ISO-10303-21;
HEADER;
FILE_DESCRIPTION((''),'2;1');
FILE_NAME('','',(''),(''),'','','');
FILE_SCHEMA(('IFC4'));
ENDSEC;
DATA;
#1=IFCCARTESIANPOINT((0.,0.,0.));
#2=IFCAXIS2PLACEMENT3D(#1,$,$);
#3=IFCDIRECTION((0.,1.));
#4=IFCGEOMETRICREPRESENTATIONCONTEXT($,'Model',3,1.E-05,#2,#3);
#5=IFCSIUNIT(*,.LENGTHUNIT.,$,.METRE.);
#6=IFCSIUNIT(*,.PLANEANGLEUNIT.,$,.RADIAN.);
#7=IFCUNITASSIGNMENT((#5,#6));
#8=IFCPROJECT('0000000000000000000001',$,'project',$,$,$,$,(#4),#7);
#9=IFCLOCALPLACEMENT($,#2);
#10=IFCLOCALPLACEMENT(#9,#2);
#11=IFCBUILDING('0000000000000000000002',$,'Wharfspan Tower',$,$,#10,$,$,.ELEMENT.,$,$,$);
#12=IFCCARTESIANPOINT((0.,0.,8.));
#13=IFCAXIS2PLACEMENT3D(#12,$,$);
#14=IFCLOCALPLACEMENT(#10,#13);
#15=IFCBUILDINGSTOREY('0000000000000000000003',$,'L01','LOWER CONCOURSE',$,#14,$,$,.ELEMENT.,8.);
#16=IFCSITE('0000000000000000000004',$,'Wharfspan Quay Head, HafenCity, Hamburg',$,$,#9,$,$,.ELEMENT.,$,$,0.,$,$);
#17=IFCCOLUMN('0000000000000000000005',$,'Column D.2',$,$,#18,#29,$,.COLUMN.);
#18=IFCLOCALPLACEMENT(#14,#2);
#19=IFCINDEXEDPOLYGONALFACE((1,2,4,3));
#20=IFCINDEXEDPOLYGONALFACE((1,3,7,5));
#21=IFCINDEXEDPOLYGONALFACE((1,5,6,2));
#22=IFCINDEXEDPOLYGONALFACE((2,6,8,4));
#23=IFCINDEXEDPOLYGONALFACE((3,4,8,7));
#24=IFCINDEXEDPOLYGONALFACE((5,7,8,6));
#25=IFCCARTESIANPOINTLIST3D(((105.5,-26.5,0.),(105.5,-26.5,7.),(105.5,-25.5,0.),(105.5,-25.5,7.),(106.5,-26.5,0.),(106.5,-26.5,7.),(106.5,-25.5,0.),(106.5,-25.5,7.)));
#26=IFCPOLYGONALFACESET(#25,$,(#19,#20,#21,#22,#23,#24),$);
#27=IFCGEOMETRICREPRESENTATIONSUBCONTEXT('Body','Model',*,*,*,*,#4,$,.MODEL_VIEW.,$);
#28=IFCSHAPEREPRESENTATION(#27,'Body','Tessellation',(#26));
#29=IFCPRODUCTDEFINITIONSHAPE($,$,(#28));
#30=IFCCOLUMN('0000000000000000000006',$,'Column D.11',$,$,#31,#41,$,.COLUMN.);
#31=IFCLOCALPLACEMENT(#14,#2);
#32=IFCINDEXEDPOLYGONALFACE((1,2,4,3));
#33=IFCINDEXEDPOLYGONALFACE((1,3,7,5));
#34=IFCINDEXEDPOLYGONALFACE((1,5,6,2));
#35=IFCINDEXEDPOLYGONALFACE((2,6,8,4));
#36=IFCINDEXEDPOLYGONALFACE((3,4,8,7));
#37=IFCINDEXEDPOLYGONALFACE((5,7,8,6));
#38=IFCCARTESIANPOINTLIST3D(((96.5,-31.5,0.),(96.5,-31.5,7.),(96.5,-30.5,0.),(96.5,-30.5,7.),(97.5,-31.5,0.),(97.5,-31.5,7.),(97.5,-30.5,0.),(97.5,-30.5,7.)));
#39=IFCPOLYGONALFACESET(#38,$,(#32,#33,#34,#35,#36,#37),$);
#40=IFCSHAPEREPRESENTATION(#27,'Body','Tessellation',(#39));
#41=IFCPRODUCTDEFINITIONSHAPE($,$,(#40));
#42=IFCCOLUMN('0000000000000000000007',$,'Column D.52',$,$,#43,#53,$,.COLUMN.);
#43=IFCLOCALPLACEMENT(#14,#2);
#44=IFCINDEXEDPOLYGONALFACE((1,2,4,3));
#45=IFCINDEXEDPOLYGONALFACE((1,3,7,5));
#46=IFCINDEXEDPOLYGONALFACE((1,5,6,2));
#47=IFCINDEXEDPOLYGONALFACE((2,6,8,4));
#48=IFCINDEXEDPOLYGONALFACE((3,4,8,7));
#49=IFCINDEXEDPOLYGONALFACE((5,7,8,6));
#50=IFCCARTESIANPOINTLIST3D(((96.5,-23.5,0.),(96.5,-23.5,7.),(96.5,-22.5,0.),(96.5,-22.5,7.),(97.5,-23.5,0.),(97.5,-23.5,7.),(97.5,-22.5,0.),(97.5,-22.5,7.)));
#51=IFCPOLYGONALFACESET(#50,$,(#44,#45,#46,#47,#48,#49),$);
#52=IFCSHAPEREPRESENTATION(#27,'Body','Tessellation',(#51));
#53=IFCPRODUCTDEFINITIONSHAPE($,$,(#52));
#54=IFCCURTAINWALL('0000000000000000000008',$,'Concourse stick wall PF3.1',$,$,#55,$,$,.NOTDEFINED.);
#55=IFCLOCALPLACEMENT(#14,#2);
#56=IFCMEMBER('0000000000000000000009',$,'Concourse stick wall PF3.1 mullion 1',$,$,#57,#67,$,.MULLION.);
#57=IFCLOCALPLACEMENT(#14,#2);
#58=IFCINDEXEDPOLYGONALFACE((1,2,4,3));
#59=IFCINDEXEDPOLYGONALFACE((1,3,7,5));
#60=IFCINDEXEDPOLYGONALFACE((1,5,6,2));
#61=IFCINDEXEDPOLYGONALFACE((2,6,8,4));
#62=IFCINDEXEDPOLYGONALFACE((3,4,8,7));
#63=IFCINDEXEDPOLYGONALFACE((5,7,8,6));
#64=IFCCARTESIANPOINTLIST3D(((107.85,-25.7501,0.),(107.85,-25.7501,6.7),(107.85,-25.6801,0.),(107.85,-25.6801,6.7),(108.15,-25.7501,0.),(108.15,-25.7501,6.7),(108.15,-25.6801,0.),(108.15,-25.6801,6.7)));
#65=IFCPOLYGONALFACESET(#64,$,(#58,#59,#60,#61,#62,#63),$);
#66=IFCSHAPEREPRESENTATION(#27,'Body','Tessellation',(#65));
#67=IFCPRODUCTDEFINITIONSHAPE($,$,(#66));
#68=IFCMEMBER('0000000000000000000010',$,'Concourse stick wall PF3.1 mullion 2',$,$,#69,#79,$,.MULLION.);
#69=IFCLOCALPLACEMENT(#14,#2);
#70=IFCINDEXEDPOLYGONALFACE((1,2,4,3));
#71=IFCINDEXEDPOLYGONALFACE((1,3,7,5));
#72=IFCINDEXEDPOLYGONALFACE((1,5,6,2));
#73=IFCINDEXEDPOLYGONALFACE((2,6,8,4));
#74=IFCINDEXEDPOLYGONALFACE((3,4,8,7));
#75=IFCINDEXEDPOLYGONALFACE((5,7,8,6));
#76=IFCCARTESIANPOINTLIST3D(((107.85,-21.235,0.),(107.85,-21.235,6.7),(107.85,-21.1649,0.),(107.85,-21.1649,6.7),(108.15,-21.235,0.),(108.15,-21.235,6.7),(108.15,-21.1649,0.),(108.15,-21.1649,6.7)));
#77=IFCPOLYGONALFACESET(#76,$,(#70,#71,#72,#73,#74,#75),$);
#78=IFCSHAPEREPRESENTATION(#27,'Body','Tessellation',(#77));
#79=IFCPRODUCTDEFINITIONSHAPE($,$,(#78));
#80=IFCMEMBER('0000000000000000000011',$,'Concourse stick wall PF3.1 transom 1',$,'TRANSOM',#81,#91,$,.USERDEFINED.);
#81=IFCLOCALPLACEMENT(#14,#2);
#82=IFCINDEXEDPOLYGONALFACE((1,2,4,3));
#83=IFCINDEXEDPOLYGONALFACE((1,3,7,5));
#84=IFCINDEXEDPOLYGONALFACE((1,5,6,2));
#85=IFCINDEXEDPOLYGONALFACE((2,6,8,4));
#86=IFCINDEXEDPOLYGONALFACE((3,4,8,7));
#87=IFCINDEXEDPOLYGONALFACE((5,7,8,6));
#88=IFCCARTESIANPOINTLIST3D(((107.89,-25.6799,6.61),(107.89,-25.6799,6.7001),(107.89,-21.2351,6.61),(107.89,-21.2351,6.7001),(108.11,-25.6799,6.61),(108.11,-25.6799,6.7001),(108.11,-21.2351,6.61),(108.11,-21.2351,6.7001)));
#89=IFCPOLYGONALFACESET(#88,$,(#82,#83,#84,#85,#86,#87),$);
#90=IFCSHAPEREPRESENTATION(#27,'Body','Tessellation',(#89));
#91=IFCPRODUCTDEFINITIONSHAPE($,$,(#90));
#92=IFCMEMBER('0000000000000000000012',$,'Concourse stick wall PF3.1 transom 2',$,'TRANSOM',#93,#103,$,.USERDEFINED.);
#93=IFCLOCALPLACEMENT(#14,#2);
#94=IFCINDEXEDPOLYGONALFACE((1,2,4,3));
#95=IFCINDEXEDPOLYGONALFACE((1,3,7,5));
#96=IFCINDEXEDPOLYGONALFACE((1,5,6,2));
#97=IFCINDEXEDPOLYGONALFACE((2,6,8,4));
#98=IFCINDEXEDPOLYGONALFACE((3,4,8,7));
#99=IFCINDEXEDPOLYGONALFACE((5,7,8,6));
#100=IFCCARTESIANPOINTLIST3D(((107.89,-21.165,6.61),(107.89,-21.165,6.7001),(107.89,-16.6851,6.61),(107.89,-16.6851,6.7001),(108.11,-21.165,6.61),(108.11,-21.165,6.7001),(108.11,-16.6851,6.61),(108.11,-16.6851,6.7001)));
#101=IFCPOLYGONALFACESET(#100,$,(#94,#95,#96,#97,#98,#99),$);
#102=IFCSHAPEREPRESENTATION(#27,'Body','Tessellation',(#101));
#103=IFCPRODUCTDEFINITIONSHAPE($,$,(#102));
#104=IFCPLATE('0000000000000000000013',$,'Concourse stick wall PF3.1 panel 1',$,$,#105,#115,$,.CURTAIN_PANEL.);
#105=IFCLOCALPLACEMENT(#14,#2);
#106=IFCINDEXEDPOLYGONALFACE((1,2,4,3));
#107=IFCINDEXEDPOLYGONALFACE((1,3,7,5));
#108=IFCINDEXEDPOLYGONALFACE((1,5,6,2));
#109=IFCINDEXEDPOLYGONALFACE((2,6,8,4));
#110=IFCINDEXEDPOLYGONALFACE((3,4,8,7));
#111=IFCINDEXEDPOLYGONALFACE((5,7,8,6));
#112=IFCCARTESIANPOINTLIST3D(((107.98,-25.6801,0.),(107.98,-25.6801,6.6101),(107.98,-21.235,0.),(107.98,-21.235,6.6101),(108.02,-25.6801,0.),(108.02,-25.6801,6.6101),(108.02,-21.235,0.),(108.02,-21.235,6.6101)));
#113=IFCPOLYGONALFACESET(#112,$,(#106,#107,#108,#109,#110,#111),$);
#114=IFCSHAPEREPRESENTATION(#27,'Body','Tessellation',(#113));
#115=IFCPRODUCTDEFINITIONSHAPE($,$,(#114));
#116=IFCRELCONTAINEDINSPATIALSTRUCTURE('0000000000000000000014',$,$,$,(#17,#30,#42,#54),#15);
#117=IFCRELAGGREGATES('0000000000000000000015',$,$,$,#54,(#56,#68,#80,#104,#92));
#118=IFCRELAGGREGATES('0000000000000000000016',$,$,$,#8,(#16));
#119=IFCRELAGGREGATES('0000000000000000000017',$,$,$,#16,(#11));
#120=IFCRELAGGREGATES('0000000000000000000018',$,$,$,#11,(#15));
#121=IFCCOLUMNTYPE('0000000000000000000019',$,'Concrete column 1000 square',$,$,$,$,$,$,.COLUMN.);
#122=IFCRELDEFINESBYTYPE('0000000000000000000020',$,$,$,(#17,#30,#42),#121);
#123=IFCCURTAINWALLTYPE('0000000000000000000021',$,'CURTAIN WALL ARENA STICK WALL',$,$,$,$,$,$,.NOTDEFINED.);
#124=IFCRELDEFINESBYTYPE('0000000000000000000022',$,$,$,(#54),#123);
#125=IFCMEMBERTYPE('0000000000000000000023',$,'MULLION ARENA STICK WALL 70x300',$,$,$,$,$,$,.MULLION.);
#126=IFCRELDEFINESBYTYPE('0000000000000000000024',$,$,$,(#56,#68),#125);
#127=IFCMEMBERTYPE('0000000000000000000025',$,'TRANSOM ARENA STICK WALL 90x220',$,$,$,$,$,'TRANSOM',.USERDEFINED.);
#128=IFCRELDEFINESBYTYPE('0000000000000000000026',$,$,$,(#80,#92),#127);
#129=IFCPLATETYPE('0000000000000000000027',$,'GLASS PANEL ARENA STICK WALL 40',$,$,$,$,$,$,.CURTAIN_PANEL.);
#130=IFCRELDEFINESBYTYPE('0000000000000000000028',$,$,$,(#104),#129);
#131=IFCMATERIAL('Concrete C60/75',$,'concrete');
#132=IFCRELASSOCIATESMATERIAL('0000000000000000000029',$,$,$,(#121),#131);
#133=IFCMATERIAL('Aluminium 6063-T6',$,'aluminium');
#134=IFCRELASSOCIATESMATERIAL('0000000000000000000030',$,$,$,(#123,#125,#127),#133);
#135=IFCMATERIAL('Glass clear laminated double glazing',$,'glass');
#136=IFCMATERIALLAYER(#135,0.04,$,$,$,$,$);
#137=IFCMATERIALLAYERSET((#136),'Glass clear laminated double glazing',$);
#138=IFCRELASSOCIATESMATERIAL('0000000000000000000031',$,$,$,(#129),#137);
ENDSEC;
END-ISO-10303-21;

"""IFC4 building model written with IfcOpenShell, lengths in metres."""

from ifc_helpers import new_model, si_unit, direction, frame, origin, origin_2d, place, context, subcontext, project, spatial, rectangle, extrude, material, layer, layer_set, material_profile, profile_set, type_object, element, aggregate, save


model = new_model("IFC4")

# Units and contexts
model_context = context("Model", 3, precision=1e-05, world=origin(), true_north=direction((0.0, 1.0)))
body_context = subcontext(model_context, "Body", "Model", "MODEL_VIEW")
ifc_project = project(units=[si_unit("LENGTHUNIT", "METRE"), si_unit("PLANEANGLEUNIT", "RADIAN")], contexts=[model_context])

# Site, building, storey
site_placement = place(None, origin())
site = spatial("IfcSite", under=ifc_project, at=site_placement, Name="Wharfspan Quay Head, HafenCity, Hamburg", CompositionType="ELEMENT", RefElevation=0.0)
building_placement = place(site_placement, origin())
building = spatial("IfcBuilding", under=site, at=building_placement, Name="Wharfspan Tower", CompositionType="ELEMENT")
storey_placement = place(building_placement, frame((0.0, 0.0, 8.0)))
storey = spatial("IfcBuildingStorey", under=building, at=storey_placement, Name="L01", Description="LOWER CONCOURSE", CompositionType="ELEMENT", Elevation=8.0)

# Columns
ifc_material_1 = material(Name="Concrete C60/75", Category="concrete")
ifc_material_profile_1 = material_profile(ifc_material_1, rectangle(XDim=1.0, YDim=1.0, at=origin_2d()))
ifc_profile_set_1 = profile_set([ifc_material_profile_1], Name="Concrete C60/75")
column_type = type_object("IfcColumnType", Name="Concrete column 1000 square", PredefinedType="COLUMN", material=ifc_profile_set_1)
for number, where, z_axis, x_axis, name in (
    (1, (106.0, -26.0, 0.0), (0.0, 0.0, 1.0), (1.0, 0.0, 0.0), "Column D.2"),
    (2, (97.0, -31.0, 0.0), (0.0, 0.0, 1.0), (1.0, 0.0, 0.0), "Column D.11"),
    (3, (97.0, -23.0, 0.0), (0.0, 0.0, 1.0), (1.0, 0.0, 0.0), "Column D.52"),
):
    element("IfcColumn", number, at=place(storey_placement, frame(where, z_axis=z_axis, x_axis=x_axis)), inside=storey, type_object=column_type, Name=name, PredefinedType="COLUMN", context=body_context, shape_type="SweptSolid", body=[
        extrude(rectangle(XDim=1.0, YDim=1.0, at=origin_2d()), origin(), (0.0, 0.0, 1.0), 7.0),
    ])

# Curtain wall, members, plate
ifc_material_2 = material(Name="Aluminium 6063-T6", Category="aluminium")
curtain_wall_type = type_object("IfcCurtainWallType", Name="CURTAIN WALL ARENA STICK WALL", PredefinedType="NOTDEFINED", material=ifc_material_2)
curtain_wall_placement = place(storey_placement, origin())
curtain_wall = element("IfcCurtainWall", 4, at=curtain_wall_placement, inside=storey, type_object=curtain_wall_type, Name="Concourse stick wall PF3.1", PredefinedType="NOTDEFINED")
ifc_material_profile_2 = material_profile(ifc_material_2, rectangle(XDim=0.3, YDim=0.0701, at=origin_2d()))
ifc_profile_set_2 = profile_set([ifc_material_profile_2], Name="Aluminium 6063-T6")
member_type_1 = type_object("IfcMemberType", Name="MULLION ARENA STICK WALL 70x300", PredefinedType="MULLION", material=ifc_profile_set_2)
member_1_placement = place(storey_placement, frame((108.0, -25.7151, 0.0), z_axis=(0.0, 0.0, 1.0), x_axis=(-1.0, 0.0, 0.0)))
member_1 = element("IfcMember", 5, at=member_1_placement, type_object=member_type_1, Name="Concourse stick wall PF3.1 mullion 1", PredefinedType="MULLION", context=body_context, shape_type="SweptSolid", body=[
    extrude(rectangle(XDim=0.3, YDim=0.0701, at=origin_2d()), origin(), (0.0, 0.0, 1.0), 6.7),
])
member_2_placement = place(storey_placement, frame((108.0, -21.2, 0.0), z_axis=(0.0, 0.0, 1.0), x_axis=(-1.0, 0.0, 0.0)))
member_2 = element("IfcMember", 6, at=member_2_placement, type_object=member_type_1, Name="Concourse stick wall PF3.1 mullion 2", PredefinedType="MULLION", context=body_context, shape_type="SweptSolid", body=[
    extrude(rectangle(XDim=0.3, YDim=0.0701, at=origin_2d()), origin(), (0.0, 0.0, 1.0), 6.7),
])
ifc_material_profile_3 = material_profile(ifc_material_2, rectangle(XDim=0.22, YDim=0.0901, at=origin_2d()))
ifc_profile_set_3 = profile_set([ifc_material_profile_3], Name="Aluminium 6063-T6")
member_type_2 = type_object("IfcMemberType", Name="TRANSOM ARENA STICK WALL 90x220", ElementType="TRANSOM", PredefinedType="USERDEFINED", material=ifc_profile_set_3)
member_3_placement = place(storey_placement, frame((108.0, -25.6799, 6.655), z_axis=(0.0, 1.0, 0.0), x_axis=(-1.0, 0.0, 0.0)))
member_3 = element("IfcMember", 7, at=member_3_placement, type_object=member_type_2, Name="Concourse stick wall PF3.1 transom 1", ObjectType="TRANSOM", PredefinedType="USERDEFINED", context=body_context, shape_type="SweptSolid", body=[
    extrude(rectangle(XDim=0.22, YDim=0.0901, at=origin_2d()), origin(), (0.0, 0.0, 1.0), 4.4448),
])
member_4_placement = place(storey_placement, frame((108.0, -21.165, 6.655), z_axis=(0.0, 1.0, 0.0), x_axis=(-1.0, 0.0, 0.0)))
member_4 = element("IfcMember", 8, at=member_4_placement, type_object=member_type_2, Name="Concourse stick wall PF3.1 transom 2", ObjectType="TRANSOM", PredefinedType="USERDEFINED", context=body_context, shape_type="SweptSolid", body=[
    extrude(rectangle(XDim=0.22, YDim=0.0901, at=origin_2d()), origin(), (0.0, 0.0, 1.0), 4.48),
])
ifc_material_3 = material(Name="Glass clear laminated double glazing", Category="glass")
ifc_layer_1 = layer(ifc_material_3, 0.04)
ifc_layer_set_1 = layer_set([ifc_layer_1], Name="Glass clear laminated double glazing")
plate_type = type_object("IfcPlateType", Name="GLASS PANEL ARENA STICK WALL 40", PredefinedType="CURTAIN_PANEL", material=ifc_layer_set_1)
plate_placement = place(storey_placement, frame((108.0, -23.4575, 0.0), z_axis=(0.0, 0.0, 1.0), x_axis=(0.0, 1.0, 0.0)))
plate = element("IfcPlate", 9, at=plate_placement, type_object=plate_type, Name="Concourse stick wall PF3.1 panel 1", PredefinedType="CURTAIN_PANEL", context=body_context, shape_type="SweptSolid", body=[
    extrude(rectangle(XDim=4.4451, YDim=0.04, at=origin_2d()), origin(), (0.0, 0.0, 1.0), 6.6101),
])
aggregate(curtain_wall, [member_1, member_2, member_3, plate, member_4])

save(model, "model.ifc")
